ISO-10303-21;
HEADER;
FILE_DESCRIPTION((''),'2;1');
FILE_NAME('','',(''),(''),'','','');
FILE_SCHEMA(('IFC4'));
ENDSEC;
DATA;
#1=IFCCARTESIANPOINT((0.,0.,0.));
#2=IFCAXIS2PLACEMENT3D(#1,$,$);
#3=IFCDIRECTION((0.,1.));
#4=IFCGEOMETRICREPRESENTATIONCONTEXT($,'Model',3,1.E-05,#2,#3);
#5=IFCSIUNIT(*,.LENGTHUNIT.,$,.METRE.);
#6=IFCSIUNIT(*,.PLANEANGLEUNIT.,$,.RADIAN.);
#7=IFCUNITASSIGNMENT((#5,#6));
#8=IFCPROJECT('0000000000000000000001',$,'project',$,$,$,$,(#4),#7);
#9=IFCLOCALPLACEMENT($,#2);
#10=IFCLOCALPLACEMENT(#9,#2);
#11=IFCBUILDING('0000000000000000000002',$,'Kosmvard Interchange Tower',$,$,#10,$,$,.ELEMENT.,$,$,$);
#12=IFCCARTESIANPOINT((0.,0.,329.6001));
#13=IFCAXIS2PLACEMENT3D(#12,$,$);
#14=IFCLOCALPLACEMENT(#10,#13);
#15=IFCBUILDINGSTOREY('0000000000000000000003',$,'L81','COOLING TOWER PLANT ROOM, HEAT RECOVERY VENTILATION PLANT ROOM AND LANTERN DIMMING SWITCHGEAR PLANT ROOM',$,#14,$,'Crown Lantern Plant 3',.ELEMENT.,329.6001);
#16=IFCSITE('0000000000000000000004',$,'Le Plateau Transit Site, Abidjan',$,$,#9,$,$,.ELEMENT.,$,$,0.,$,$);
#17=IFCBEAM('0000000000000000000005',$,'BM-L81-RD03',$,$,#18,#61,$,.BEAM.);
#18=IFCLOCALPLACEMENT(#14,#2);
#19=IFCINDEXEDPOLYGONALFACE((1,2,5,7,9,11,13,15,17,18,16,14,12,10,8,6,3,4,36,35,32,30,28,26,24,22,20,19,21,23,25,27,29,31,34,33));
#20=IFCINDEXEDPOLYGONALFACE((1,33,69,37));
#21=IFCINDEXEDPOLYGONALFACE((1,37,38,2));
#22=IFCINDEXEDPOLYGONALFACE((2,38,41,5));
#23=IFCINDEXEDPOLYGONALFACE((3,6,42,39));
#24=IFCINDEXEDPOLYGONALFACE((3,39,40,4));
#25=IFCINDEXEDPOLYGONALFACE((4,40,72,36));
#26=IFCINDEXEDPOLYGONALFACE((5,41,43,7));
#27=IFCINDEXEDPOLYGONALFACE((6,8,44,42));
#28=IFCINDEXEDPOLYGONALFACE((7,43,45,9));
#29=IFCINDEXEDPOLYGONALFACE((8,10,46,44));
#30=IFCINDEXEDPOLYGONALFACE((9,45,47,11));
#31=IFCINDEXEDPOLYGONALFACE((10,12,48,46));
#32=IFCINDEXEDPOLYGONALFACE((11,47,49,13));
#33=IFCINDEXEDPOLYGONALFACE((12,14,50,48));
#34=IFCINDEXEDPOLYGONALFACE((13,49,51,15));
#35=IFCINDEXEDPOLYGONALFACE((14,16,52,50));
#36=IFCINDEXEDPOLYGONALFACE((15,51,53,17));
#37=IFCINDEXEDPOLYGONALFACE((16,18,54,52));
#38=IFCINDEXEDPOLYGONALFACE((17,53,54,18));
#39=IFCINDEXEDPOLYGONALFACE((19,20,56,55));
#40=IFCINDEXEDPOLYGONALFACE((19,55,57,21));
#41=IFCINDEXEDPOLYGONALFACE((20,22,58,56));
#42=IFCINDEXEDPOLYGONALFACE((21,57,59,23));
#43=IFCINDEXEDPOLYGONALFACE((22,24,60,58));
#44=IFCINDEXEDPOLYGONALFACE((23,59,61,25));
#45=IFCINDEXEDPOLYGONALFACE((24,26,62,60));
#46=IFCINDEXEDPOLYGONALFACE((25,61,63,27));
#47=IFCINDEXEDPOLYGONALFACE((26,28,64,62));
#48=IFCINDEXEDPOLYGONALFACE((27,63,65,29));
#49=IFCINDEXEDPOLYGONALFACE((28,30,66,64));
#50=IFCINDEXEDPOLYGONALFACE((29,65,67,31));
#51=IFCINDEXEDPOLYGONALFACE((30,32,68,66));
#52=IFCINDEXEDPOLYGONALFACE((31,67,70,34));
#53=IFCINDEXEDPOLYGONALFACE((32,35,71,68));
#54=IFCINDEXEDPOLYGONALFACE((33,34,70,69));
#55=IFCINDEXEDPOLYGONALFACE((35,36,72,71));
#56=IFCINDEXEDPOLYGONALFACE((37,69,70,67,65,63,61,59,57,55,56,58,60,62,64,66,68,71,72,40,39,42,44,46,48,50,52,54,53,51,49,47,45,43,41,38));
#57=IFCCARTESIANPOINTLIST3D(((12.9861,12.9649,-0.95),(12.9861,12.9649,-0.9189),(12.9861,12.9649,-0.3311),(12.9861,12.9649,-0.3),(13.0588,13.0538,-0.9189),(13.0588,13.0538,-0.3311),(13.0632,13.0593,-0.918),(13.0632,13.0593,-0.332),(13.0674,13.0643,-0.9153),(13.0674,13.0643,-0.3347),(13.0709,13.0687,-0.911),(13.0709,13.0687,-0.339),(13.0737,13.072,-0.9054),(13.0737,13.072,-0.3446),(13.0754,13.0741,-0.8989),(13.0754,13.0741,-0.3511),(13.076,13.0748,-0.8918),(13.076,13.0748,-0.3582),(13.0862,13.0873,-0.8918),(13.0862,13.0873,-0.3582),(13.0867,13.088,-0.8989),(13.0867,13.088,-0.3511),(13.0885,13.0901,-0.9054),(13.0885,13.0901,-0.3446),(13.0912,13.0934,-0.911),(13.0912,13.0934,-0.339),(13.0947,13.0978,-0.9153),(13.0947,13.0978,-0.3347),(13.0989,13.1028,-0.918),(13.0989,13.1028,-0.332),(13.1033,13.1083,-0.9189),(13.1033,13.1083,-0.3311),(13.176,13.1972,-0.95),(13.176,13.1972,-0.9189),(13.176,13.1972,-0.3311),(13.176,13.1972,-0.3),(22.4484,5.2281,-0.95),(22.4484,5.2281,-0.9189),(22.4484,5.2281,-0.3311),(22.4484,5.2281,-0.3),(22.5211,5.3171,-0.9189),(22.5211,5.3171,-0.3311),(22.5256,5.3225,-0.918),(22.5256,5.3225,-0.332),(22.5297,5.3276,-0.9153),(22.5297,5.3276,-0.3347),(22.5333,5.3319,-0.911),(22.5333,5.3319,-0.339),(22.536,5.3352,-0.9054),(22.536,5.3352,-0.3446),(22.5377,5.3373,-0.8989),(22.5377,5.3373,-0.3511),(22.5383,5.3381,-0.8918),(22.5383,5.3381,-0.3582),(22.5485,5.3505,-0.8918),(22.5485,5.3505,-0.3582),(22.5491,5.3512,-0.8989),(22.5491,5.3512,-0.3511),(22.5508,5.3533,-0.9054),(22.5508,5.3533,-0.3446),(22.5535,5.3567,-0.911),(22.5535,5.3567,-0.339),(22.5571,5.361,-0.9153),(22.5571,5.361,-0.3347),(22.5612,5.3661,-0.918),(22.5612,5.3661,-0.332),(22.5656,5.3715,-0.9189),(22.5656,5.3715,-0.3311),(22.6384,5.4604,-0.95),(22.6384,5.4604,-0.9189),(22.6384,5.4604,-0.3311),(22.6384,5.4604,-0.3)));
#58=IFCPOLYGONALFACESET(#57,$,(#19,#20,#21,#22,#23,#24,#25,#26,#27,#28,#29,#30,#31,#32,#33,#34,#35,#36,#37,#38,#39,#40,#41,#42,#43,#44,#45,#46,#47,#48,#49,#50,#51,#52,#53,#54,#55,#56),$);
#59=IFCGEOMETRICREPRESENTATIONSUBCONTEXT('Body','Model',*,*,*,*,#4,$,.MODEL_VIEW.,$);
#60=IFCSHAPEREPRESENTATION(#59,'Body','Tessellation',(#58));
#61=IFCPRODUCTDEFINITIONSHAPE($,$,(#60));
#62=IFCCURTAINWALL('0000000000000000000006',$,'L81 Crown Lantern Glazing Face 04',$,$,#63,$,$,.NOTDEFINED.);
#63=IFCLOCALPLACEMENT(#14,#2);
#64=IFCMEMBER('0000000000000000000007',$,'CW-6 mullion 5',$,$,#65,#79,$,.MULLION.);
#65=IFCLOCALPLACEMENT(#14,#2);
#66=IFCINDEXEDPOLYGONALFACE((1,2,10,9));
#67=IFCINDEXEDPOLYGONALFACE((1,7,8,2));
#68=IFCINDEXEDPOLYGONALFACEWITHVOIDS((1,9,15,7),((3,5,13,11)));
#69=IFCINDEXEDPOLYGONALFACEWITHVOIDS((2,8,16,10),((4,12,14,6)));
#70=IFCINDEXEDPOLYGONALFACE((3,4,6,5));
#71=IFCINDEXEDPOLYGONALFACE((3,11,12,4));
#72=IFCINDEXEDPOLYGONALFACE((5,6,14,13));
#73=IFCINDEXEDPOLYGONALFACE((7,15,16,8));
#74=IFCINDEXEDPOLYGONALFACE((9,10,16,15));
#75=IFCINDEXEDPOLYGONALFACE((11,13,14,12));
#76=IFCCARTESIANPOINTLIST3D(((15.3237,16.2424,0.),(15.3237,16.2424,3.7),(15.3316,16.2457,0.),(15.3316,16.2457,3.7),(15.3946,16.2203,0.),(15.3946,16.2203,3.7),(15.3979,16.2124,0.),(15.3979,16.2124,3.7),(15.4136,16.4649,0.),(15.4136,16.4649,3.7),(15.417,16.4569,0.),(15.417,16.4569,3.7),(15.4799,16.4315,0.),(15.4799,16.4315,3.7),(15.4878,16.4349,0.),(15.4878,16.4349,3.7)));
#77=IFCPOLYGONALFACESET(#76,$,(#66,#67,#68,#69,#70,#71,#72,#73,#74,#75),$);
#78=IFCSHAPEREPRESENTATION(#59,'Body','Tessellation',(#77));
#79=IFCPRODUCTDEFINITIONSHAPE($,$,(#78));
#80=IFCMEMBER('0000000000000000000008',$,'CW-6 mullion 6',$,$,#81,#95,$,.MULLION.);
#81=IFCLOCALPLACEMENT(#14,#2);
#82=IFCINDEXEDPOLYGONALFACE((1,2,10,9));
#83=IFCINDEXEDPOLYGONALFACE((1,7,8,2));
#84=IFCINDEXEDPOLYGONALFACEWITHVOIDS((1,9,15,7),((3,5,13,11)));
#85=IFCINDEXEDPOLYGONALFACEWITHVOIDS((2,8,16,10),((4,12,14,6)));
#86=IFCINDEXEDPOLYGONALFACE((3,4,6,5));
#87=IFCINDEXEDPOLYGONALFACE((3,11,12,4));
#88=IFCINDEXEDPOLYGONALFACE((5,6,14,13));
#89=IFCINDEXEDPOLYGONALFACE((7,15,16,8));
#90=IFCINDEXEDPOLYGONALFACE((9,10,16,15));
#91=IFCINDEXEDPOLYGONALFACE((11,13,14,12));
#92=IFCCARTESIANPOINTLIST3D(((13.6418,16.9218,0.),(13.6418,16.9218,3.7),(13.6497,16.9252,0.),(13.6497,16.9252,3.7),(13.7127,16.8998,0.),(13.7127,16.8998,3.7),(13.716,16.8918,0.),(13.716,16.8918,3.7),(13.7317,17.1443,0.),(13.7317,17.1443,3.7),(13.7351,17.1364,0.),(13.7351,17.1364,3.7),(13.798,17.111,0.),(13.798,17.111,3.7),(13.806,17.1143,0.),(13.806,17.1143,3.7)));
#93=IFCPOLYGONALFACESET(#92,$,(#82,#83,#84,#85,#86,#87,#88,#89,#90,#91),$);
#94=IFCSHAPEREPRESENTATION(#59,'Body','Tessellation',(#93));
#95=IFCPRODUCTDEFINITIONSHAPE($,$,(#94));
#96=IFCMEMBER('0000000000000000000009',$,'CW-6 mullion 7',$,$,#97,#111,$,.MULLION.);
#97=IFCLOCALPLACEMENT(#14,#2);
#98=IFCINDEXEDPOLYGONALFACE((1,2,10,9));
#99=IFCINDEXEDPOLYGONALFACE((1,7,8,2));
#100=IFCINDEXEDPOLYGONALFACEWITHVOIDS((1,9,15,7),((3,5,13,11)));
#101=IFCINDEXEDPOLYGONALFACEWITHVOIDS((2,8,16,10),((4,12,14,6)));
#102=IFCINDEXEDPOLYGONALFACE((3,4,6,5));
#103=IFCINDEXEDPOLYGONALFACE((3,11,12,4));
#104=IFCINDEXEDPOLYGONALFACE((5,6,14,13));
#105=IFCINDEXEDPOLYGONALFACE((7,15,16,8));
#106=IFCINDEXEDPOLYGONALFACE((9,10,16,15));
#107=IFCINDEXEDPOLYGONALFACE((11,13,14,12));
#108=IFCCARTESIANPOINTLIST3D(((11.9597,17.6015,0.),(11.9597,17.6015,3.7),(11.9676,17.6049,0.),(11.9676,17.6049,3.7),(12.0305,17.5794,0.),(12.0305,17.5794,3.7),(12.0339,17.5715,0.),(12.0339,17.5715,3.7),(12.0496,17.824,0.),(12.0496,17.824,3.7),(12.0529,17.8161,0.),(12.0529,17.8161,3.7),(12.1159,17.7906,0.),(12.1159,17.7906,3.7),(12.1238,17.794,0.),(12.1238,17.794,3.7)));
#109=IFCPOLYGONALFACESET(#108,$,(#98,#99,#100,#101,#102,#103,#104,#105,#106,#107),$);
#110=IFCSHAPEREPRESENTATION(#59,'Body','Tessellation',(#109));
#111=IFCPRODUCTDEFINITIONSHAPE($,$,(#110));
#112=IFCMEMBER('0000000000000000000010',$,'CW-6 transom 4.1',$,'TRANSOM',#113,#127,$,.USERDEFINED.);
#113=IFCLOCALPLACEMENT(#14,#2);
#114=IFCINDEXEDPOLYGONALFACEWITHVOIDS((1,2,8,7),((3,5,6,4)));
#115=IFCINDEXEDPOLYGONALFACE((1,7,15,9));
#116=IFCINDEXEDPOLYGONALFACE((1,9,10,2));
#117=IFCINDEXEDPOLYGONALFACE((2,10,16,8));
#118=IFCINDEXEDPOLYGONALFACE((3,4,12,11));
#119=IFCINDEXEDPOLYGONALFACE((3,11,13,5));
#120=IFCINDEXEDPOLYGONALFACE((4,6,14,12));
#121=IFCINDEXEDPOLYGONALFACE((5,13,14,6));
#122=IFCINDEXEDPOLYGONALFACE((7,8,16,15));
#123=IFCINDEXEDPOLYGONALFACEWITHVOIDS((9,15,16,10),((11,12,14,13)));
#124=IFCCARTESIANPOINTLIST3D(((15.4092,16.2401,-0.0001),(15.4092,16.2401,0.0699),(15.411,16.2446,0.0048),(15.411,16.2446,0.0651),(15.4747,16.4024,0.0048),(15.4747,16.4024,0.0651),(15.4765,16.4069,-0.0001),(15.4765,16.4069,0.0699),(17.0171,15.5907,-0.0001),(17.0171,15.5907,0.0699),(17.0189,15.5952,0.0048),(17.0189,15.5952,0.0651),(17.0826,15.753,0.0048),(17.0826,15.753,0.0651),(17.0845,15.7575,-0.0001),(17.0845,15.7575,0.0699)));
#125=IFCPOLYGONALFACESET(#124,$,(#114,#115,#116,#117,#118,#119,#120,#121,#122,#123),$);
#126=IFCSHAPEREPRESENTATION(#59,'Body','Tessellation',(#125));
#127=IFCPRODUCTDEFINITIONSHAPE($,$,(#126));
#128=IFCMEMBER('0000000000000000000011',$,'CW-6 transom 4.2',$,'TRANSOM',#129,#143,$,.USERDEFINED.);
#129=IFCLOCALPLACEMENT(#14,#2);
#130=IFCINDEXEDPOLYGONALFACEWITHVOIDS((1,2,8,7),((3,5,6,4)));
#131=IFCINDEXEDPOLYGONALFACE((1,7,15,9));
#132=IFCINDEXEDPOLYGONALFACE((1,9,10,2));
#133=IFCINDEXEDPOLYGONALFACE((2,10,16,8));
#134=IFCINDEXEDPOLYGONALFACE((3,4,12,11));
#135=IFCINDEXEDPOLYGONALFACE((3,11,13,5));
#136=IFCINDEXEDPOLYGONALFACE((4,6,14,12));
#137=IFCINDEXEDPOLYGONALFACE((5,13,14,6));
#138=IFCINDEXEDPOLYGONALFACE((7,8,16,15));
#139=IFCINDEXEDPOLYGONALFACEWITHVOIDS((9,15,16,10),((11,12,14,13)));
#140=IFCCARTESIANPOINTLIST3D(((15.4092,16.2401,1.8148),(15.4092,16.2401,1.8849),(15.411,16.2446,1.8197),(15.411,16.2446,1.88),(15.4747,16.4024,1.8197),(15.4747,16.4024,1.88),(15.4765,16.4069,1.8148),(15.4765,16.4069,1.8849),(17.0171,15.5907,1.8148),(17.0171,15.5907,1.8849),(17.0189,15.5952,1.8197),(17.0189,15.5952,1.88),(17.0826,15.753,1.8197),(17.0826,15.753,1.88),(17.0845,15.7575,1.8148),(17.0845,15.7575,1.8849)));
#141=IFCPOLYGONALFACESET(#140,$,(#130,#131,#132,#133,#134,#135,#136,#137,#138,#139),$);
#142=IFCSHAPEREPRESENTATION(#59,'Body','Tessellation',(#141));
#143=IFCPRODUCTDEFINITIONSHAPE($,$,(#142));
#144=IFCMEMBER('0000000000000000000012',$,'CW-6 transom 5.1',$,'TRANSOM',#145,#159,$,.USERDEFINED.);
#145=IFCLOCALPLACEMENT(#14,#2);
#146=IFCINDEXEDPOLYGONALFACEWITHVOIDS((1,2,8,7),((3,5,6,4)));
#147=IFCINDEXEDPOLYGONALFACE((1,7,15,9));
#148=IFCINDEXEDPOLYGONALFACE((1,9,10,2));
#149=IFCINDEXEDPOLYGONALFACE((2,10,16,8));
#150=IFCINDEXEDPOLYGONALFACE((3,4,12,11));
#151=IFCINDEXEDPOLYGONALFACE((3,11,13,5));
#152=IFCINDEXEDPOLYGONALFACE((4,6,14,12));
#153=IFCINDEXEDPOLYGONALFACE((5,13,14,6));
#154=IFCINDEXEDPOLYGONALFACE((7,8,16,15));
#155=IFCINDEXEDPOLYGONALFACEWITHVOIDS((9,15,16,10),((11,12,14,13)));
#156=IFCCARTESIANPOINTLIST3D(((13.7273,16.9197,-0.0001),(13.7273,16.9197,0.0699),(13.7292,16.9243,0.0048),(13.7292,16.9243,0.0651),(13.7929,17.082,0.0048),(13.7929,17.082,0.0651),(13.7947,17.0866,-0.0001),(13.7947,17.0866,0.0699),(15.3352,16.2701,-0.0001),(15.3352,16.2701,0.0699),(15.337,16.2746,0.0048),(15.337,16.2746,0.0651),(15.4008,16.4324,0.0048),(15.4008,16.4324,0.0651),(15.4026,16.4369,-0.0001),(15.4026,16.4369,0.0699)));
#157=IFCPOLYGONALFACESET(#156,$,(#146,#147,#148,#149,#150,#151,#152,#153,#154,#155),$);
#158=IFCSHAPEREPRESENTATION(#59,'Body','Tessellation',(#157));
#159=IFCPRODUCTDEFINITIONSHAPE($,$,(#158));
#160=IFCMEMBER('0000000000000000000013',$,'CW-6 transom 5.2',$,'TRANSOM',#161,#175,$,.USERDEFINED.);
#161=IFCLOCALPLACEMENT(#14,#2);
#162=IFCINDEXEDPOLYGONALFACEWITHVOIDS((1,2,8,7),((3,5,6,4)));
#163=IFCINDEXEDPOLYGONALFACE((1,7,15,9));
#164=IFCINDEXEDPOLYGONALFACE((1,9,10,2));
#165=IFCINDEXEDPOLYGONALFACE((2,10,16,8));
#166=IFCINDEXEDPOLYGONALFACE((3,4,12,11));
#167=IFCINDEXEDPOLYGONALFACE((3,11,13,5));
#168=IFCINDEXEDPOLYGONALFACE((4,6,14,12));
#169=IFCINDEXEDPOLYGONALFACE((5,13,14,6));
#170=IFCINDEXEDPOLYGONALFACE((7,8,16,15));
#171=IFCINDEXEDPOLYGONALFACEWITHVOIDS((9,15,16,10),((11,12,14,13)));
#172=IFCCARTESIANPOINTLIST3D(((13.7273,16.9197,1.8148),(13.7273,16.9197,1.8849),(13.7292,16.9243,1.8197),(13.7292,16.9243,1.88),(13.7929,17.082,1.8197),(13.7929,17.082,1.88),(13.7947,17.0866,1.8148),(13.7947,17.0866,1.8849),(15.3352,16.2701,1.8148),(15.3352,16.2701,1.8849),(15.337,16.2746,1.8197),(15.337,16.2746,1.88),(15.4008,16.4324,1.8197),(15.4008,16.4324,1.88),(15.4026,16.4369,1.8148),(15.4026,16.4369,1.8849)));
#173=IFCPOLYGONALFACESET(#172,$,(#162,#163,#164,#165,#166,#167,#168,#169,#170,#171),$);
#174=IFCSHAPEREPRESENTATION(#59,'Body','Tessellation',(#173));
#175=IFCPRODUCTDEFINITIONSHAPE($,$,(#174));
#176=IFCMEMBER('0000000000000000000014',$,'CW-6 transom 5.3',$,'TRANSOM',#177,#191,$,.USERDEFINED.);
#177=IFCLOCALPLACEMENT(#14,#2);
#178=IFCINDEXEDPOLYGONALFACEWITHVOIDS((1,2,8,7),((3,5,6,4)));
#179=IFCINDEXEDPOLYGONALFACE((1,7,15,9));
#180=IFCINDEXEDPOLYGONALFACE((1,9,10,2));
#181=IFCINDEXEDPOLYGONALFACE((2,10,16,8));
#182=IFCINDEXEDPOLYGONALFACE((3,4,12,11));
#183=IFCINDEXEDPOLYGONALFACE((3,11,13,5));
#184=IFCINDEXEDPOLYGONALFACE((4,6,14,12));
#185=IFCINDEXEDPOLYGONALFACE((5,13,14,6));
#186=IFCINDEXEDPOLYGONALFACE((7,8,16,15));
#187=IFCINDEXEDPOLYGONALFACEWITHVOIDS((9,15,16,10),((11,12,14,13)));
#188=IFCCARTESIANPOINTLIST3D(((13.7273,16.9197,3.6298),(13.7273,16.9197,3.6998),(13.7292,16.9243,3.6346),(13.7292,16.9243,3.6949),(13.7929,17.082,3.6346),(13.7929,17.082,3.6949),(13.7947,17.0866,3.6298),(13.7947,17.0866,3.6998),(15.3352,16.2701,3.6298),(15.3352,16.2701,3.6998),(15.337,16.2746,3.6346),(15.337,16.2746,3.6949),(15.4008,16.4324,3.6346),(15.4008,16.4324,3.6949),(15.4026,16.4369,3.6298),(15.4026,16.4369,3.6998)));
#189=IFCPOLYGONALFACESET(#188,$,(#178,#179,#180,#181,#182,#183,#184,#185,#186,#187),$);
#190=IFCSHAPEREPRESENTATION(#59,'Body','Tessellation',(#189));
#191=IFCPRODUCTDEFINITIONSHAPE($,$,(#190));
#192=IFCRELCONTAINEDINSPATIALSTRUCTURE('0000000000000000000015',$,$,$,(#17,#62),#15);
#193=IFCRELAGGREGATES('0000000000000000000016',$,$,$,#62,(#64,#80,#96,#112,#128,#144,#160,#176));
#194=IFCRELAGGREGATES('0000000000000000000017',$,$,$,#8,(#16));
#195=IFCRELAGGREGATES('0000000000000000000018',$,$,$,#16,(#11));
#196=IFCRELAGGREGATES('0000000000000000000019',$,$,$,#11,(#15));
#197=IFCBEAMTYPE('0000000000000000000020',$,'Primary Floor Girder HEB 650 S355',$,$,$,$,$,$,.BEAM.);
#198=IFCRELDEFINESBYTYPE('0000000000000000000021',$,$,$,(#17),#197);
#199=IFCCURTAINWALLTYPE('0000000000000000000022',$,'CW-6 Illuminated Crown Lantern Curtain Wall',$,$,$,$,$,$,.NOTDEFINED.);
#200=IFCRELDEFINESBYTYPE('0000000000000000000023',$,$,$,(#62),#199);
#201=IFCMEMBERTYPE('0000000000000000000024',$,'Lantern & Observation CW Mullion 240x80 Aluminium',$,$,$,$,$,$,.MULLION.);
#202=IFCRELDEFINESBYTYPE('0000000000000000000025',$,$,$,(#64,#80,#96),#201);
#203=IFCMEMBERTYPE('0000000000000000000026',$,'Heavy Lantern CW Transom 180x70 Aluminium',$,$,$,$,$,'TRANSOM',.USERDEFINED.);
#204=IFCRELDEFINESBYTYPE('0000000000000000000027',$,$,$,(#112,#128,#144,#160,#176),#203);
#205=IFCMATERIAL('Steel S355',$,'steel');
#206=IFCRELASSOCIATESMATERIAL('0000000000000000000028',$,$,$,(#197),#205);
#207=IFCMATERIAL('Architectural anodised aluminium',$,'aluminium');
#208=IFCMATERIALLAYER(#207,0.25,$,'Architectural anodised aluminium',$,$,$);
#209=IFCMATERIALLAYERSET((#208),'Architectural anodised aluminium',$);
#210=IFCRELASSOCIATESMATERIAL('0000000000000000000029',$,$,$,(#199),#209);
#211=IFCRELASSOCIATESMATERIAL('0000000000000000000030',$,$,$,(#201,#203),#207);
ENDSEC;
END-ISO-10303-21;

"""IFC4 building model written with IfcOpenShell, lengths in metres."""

from ifc_helpers import new_model, si_unit, direction, frame, origin, origin_2d, place, context, subcontext, project, spatial, hollow_rectangle, i_section, extrude, source, transform, mapped, material, layer, layer_set, material_profile, profile_set, type_object, element, aggregate, save


model = new_model("IFC4")

# Units and contexts
model_context = context("Model", 3, precision=1e-05, world=origin(), true_north=direction((0.0, 1.0)))
body_context = subcontext(model_context, "Body", "Model", "MODEL_VIEW")
ifc_project = project(units=[si_unit("LENGTHUNIT", "METRE"), si_unit("PLANEANGLEUNIT", "RADIAN")], contexts=[model_context])

# Site, building, storey
site_placement = place(None, origin())
site = spatial("IfcSite", under=ifc_project, at=site_placement, Name="Le Plateau Transit Site, Abidjan", CompositionType="ELEMENT", RefElevation=0.0)
building_placement = place(site_placement, origin())
building = spatial("IfcBuilding", under=site, at=building_placement, Name="Kosmvard Interchange Tower", CompositionType="ELEMENT")
storey_placement = place(building_placement, frame((0.0, 0.0, 329.6001)))
storey = spatial("IfcBuildingStorey", under=building, at=storey_placement, Name="L81", Description="COOLING TOWER PLANT ROOM, HEAT RECOVERY VENTILATION PLANT ROOM AND LANTERN DIMMING SWITCHGEAR PLANT ROOM", LongName="Crown Lantern Plant 3", CompositionType="ELEMENT", Elevation=329.6001)

# Beam
ifc_material_1 = material(Name="Steel S355", Category="steel")
ifc_material_profile_1 = material_profile(ifc_material_1, i_section(OverallWidth=0.3, OverallDepth=0.6499, WebThickness=0.0161, FlangeThickness=0.031, FilletRadius=0.0271, at=origin_2d()), Name="HEB 650")
ifc_profile_set_1 = profile_set([ifc_material_profile_1], Name="Steel S355")
beam_type_1 = type_object("IfcBeamType", Name="Primary Floor Girder HEB 650 S355", PredefinedType="BEAM", material=ifc_profile_set_1)
shared_shape_1 = source(origin(), body_context, "Body", "SweptSolid", [
    extrude(i_section(OverallWidth=0.3, OverallDepth=0.6499, WebThickness=0.0161, FlangeThickness=0.031, FilletRadius=0.0271, at=origin_2d()), origin(), (0.0, 0.0, 1.0), 12.2227),
])
beam_1_placement = place(storey_placement, frame((13.0811, 13.0811, -0.625), z_axis=(0.774164, -0.632985, 0.0), x_axis=(0.632985, 0.774164, 0.0)))
element("IfcBeam", 1, at=beam_1_placement, inside=storey, type_object=beam_type_1, Name="BM-L81-RD03", PredefinedType="BEAM", context=body_context, shape_type="MappedRepresentation", body=[
    mapped(shared_shape_1, transform((0.0, 0.0, 0.0), scale=1.0)),
])

# Curtain wall, members
ifc_material_2 = material(Name="Architectural anodised aluminium", Category="aluminium")
ifc_layer_1 = layer(ifc_material_2, 0.25, Name="Architectural anodised aluminium")
ifc_layer_set_1 = layer_set([ifc_layer_1], Name="Architectural anodised aluminium")
curtain_wall_type = type_object("IfcCurtainWallType", Name="CW-6 Illuminated Crown Lantern Curtain Wall", PredefinedType="NOTDEFINED", material=ifc_layer_set_1)
curtain_wall_placement = place(storey_placement, origin())
curtain_wall = element("IfcCurtainWall", 2, at=curtain_wall_placement, inside=storey, type_object=curtain_wall_type, Name="L81 Crown Lantern Glazing Face 04", PredefinedType="NOTDEFINED")
ifc_material_profile_2 = material_profile(ifc_material_2, hollow_rectangle(XDim=0.24, YDim=0.0801, WallThickness=0.0061, at=origin_2d()), Name="CWM 240x80x6")
ifc_profile_set_2 = profile_set([ifc_material_profile_2], Name="Architectural anodised aluminium")
member_type_1 = type_object("IfcMemberType", Name="Lantern & Observation CW Mullion 240x80 Aluminium", PredefinedType="MULLION", material=ifc_profile_set_2)
shared_shape_2 = source(origin(), body_context, "Body", "SweptSolid", [
    extrude(hollow_rectangle(XDim=0.24, YDim=0.0801, WallThickness=0.0061, at=origin_2d()), origin(), (0.0, 0.0, 1.0), 3.7),
])
member_1_placement = place(storey_placement, frame((15.4058, 16.3386, 0.0), z_axis=(0.0, 0.0, 1.0), x_axis=(-0.374607, -0.927184, 0.0)))
member_1 = element("IfcMember", 3, at=member_1_placement, type_object=member_type_1, Name="CW-6 mullion 5", PredefinedType="MULLION", context=body_context, shape_type="MappedRepresentation", body=[
    mapped(shared_shape_2, transform((0.0, 0.0, 0.0), scale=1.0)),
])
member_2_placement = place(storey_placement, frame((13.7239, 17.0181, 0.0), z_axis=(0.0, 0.0, 1.0), x_axis=(-0.374607, -0.927184, 0.0)))
member_2 = element("IfcMember", 4, at=member_2_placement, type_object=member_type_1, Name="CW-6 mullion 6", PredefinedType="MULLION", context=body_context, shape_type="MappedRepresentation", body=[
    mapped(shared_shape_2, transform((0.0, 0.0, 0.0), scale=1.0)),
])
member_3_placement = place(storey_placement, frame((12.0417, 17.6978, 0.0), z_axis=(0.0, 0.0, 1.0), x_axis=(-0.374607, -0.927184, 0.0)))
member_3 = element("IfcMember", 5, at=member_3_placement, type_object=member_type_1, Name="CW-6 mullion 7", PredefinedType="MULLION", context=body_context, shape_type="MappedRepresentation", body=[
    mapped(shared_shape_2, transform((0.0, 0.0, 0.0), scale=1.0)),
])
ifc_material_profile_3 = material_profile(ifc_material_2, hollow_rectangle(XDim=0.1799, YDim=0.0701, WallThickness=0.0049, at=origin_2d()), Name="CWT 180x70x5")
ifc_profile_set_3 = profile_set([ifc_material_profile_3], Name="Architectural anodised aluminium")
member_type_2 = type_object("IfcMemberType", Name="Heavy Lantern CW Transom 180x70 Aluminium", ElementType="TRANSOM", PredefinedType="USERDEFINED", material=ifc_profile_set_3)
shared_shape_3 = source(origin(), body_context, "Body", "SweptSolid", [
    extrude(hollow_rectangle(XDim=0.1799, YDim=0.0701, WallThickness=0.0049, at=origin_2d()), origin(), (0.0, 0.0, 1.0), 1.7341),
])
member_4_placement = place(storey_placement, frame((17.0508, 15.6741, 0.0349), z_axis=(-0.927229, 0.374496, 0.0), x_axis=(-0.374496, -0.927229, 0.0)))
member_4 = element("IfcMember", 6, at=member_4_placement, type_object=member_type_2, Name="CW-6 transom 4.1", ObjectType="TRANSOM", PredefinedType="USERDEFINED", context=body_context, shape_type="MappedRepresentation", body=[
    mapped(shared_shape_3, transform((0.0, 0.0, 0.0), scale=1.0)),
])
member_5_placement = place(storey_placement, frame((17.0508, 15.6741, 1.8499), z_axis=(-0.927229, 0.374496, 0.0), x_axis=(-0.374496, -0.927229, 0.0)))
member_5 = element("IfcMember", 7, at=member_5_placement, type_object=member_type_2, Name="CW-6 transom 4.2", ObjectType="TRANSOM", PredefinedType="USERDEFINED", context=body_context, shape_type="MappedRepresentation", body=[
    mapped(shared_shape_3, transform((0.0, 0.0, 0.0), scale=1.0)),
])
member_6_placement = place(storey_placement, frame((15.3689, 16.3535, 0.0349), z_axis=(-0.92718, 0.374617, 0.0), x_axis=(-0.374617, -0.92718, 0.0)))
member_6 = element("IfcMember", 8, at=member_6_placement, type_object=member_type_2, Name="CW-6 transom 5.1", ObjectType="TRANSOM", PredefinedType="USERDEFINED", context=body_context, shape_type="MappedRepresentation", body=[
    mapped(shared_shape_3, transform((0.0, 0.0, 0.0), scale=1.0)),
])
member_7_placement = place(storey_placement, frame((15.3689, 16.3535, 1.8499), z_axis=(-0.92718, 0.374617, 0.0), x_axis=(-0.374617, -0.92718, 0.0)))
member_7 = element("IfcMember", 9, at=member_7_placement, type_object=member_type_2, Name="CW-6 transom 5.2", ObjectType="TRANSOM", PredefinedType="USERDEFINED", context=body_context, shape_type="MappedRepresentation", body=[
    mapped(shared_shape_3, transform((0.0, 0.0, 0.0), scale=1.0)),
])
member_8_placement = place(storey_placement, frame((15.3689, 16.3535, 3.6648), z_axis=(-0.92718, 0.374617, 0.0), x_axis=(-0.374617, -0.92718, 0.0)))
member_8 = element("IfcMember", 10, at=member_8_placement, type_object=member_type_2, Name="CW-6 transom 5.3", ObjectType="TRANSOM", PredefinedType="USERDEFINED", context=body_context, shape_type="MappedRepresentation", body=[
    mapped(shared_shape_3, transform((0.0, 0.0, 0.0), scale=1.0)),
])
aggregate(curtain_wall, [member_1, member_2, member_3, member_4, member_5, member_6, member_7, member_8])

save(model, "model.ifc")
